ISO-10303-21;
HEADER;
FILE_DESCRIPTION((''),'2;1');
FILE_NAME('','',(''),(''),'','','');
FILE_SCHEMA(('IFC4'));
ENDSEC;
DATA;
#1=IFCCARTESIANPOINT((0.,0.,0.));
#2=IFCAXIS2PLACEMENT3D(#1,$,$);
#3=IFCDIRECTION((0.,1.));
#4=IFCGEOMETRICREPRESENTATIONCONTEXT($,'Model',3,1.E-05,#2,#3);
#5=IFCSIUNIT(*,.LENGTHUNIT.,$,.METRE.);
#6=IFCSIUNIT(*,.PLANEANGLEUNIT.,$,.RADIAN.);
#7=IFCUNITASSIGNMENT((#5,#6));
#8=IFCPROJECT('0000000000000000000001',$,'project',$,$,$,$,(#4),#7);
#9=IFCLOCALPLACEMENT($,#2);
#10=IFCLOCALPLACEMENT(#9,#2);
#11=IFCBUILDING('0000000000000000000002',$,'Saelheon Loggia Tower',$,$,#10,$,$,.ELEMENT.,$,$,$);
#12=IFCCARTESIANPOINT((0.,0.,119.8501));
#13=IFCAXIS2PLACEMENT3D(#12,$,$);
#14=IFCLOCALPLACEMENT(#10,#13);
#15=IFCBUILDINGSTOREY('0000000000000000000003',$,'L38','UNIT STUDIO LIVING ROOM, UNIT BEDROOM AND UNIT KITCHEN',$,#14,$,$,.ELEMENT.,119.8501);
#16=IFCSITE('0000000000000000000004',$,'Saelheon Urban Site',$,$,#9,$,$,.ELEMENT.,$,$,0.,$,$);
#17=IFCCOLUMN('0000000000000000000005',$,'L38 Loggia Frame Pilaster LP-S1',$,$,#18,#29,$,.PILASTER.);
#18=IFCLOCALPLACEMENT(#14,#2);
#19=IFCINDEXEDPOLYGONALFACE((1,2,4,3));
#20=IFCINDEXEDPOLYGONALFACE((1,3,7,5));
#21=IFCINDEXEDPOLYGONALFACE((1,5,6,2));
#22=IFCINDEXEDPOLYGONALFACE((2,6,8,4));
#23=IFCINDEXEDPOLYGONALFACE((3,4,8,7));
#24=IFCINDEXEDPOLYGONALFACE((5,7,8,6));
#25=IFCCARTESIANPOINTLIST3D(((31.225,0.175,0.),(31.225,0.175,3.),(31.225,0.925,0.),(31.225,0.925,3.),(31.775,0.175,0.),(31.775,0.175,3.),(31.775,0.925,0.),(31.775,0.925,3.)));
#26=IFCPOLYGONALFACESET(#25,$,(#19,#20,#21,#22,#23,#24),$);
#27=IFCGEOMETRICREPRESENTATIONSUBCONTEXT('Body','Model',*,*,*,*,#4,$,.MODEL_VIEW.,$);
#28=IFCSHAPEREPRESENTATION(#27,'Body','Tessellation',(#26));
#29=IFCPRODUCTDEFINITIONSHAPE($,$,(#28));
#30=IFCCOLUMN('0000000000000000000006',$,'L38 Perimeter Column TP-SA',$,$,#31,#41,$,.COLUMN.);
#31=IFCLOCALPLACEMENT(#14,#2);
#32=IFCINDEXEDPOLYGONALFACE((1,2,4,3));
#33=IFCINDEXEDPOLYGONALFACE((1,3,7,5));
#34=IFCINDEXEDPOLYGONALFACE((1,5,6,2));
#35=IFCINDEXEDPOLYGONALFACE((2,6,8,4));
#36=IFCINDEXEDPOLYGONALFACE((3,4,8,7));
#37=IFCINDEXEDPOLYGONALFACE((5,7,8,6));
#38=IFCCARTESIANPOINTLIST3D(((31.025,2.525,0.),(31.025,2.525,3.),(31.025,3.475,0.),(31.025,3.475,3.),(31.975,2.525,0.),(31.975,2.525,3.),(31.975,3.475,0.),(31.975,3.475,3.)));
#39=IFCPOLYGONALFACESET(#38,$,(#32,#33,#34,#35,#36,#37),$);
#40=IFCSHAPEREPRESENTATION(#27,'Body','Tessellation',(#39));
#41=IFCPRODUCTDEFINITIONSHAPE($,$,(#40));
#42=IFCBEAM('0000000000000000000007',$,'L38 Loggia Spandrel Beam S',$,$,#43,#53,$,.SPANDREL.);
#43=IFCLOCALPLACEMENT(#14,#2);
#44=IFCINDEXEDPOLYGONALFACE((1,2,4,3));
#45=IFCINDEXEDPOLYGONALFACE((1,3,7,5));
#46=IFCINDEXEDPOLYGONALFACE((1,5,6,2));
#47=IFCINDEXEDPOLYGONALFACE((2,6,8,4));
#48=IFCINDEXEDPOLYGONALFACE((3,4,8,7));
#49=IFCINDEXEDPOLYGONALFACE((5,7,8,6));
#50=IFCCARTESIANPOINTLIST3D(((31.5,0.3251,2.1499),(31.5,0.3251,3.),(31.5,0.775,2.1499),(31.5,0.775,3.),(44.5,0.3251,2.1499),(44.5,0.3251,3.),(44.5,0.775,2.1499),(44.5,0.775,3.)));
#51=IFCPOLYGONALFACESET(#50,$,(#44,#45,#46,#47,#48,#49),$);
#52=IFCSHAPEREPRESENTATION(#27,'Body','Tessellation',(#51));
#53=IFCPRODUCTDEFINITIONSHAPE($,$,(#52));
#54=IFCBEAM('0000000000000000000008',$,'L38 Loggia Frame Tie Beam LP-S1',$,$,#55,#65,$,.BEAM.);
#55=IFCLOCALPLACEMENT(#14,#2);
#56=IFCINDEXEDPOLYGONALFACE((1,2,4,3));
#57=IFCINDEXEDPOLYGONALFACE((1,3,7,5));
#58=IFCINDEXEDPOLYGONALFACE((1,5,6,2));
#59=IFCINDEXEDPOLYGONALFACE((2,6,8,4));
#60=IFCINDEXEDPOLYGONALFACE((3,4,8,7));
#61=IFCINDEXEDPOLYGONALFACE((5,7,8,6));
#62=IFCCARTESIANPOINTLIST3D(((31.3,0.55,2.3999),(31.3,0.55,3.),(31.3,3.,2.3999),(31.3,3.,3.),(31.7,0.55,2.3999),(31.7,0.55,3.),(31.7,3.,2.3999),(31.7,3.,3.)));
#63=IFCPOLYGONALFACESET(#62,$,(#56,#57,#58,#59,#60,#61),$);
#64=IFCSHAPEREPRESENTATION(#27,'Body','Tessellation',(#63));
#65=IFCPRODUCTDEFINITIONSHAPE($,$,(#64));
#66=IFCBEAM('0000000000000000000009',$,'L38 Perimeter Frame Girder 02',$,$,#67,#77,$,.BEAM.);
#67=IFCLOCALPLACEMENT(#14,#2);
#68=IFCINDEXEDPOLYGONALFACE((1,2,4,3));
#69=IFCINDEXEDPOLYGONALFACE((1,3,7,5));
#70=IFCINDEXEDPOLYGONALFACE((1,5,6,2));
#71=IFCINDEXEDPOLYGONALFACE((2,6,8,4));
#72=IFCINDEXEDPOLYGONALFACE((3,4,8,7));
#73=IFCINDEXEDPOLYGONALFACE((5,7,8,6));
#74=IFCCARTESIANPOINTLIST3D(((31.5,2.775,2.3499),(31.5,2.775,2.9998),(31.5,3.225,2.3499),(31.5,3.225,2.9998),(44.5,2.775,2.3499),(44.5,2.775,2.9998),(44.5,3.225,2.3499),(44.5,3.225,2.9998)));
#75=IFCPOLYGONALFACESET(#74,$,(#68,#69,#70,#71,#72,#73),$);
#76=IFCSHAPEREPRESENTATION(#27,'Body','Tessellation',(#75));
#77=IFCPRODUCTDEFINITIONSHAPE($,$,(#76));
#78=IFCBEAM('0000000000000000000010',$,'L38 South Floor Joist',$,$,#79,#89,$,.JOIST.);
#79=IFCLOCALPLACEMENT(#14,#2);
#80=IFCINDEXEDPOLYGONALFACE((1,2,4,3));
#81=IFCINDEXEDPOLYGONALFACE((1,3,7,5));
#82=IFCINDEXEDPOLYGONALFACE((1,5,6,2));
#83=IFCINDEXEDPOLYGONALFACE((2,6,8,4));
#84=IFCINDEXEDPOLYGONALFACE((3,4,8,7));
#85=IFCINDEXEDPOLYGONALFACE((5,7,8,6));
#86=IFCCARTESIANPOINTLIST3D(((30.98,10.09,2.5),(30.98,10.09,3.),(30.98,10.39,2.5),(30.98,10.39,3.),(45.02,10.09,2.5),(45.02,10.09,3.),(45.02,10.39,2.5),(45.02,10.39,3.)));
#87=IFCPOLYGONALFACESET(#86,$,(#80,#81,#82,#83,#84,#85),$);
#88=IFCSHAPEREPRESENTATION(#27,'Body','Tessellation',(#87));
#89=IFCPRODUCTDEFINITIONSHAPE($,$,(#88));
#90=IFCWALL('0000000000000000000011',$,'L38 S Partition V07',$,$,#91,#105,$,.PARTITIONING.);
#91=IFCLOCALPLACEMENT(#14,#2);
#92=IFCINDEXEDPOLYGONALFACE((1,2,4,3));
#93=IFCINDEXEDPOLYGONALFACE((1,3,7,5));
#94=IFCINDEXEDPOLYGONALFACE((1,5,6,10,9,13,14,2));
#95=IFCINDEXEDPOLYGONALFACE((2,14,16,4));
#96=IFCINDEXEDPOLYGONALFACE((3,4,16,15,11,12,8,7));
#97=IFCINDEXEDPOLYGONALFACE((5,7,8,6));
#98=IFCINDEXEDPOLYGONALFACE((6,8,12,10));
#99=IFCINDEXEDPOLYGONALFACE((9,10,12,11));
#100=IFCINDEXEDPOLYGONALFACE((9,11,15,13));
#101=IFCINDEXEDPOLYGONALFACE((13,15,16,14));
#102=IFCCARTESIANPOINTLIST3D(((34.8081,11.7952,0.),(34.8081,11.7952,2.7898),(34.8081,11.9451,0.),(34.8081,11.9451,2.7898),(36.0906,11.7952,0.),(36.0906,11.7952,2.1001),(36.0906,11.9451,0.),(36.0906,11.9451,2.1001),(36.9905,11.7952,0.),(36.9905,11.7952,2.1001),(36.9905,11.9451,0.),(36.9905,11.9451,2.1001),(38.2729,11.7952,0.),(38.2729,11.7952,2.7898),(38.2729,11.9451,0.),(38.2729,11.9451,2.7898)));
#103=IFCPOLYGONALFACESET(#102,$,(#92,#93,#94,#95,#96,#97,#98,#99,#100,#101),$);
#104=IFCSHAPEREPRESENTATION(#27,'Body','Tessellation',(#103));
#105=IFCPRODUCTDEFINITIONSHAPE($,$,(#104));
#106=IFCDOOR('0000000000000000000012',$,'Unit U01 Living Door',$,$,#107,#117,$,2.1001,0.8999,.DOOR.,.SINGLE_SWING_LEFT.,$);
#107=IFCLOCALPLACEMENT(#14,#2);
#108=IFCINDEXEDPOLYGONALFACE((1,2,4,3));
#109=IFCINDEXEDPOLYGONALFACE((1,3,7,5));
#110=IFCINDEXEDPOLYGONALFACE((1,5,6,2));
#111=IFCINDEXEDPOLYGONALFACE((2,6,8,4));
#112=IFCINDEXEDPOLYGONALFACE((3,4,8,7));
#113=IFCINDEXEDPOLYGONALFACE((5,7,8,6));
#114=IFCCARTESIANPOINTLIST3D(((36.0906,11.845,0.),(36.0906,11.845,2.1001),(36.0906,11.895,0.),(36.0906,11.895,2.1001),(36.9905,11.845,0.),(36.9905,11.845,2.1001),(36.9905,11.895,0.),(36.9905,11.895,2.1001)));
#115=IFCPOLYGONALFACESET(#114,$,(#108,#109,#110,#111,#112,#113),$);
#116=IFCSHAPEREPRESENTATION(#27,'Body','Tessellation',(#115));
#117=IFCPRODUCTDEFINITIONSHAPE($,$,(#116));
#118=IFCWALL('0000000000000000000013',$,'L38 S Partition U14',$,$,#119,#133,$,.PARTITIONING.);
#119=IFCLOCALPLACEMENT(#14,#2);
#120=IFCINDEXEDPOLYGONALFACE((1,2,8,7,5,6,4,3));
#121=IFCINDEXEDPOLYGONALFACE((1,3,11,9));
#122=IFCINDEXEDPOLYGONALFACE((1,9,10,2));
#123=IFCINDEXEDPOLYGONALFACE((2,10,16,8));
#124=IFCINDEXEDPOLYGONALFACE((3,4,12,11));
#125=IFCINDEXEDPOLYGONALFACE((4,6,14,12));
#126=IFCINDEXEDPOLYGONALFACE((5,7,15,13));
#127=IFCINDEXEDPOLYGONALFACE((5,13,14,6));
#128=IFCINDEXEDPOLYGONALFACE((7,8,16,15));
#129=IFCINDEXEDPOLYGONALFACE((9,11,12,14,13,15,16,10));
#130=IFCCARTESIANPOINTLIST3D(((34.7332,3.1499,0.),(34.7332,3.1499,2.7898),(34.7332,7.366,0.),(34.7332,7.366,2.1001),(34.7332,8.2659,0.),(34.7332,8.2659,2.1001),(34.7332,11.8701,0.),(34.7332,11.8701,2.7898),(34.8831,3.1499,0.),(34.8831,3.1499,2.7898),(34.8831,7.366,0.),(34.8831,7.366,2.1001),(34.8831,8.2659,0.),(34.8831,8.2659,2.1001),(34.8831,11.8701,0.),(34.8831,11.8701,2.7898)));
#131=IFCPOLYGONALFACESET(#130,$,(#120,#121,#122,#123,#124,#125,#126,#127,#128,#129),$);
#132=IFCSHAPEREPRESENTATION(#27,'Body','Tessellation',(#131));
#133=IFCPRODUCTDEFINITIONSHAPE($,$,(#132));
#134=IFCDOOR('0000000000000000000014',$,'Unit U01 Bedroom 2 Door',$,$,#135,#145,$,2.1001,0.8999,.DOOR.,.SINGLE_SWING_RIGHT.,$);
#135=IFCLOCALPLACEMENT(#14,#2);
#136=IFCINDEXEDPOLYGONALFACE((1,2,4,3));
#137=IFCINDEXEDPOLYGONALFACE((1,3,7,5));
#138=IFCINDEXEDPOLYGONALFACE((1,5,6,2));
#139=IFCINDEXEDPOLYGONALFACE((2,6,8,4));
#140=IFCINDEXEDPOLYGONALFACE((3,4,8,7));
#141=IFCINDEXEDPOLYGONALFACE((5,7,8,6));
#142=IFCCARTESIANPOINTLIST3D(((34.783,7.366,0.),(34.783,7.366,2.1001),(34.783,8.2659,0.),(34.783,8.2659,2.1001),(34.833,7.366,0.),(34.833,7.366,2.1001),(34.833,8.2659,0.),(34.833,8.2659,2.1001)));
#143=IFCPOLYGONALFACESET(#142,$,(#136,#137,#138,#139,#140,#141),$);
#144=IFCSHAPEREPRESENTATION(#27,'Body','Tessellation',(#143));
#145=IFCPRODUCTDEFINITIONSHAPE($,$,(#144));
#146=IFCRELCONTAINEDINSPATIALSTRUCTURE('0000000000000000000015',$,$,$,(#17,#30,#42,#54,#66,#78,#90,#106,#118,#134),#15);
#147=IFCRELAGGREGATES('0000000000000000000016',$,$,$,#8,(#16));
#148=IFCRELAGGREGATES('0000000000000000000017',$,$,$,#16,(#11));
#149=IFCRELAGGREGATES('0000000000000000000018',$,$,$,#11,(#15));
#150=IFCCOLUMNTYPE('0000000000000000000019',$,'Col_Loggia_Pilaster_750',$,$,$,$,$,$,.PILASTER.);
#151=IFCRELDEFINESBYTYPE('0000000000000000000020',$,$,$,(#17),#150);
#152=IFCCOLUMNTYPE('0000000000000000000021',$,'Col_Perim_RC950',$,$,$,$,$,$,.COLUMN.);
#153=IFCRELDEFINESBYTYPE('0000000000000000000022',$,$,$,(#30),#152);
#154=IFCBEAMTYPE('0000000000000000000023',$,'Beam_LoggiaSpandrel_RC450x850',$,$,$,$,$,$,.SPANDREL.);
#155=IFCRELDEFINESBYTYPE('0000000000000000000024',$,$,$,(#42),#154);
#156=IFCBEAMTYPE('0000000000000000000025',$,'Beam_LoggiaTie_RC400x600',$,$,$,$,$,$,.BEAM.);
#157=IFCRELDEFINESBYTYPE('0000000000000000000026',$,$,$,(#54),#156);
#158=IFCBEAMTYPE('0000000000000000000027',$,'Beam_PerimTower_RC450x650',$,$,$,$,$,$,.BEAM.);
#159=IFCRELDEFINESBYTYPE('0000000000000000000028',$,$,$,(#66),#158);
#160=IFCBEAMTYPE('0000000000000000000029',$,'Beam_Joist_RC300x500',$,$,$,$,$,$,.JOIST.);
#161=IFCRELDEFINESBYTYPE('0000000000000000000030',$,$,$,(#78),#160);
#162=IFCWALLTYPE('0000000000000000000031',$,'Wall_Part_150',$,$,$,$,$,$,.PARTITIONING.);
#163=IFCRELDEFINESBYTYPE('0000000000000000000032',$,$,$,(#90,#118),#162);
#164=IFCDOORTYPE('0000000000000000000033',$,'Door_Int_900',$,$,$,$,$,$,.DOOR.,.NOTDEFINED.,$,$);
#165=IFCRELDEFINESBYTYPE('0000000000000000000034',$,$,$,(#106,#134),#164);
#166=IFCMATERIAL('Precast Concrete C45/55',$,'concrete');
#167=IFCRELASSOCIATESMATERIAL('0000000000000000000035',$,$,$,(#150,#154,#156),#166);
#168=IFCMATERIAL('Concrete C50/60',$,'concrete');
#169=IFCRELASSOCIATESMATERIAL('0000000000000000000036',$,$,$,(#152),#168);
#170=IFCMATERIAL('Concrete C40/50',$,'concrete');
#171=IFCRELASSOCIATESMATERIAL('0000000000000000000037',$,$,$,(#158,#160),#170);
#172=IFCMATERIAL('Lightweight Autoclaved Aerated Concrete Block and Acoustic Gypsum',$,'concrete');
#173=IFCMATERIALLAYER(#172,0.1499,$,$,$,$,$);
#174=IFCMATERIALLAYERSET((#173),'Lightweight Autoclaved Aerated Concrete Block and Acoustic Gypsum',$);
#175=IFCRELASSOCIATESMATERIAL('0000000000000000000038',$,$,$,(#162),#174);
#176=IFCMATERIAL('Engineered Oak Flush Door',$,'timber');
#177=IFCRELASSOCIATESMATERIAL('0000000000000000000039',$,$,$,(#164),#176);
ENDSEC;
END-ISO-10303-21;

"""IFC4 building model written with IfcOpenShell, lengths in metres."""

from ifc_helpers import new_model, si_unit, direction, frame, frame_2d, origin, origin_2d, place, context, subcontext, project, spatial, rectangle, extrude, source, transform, mapped, material, layer, layer_set, material_profile, profile_set, type_object, element, fill, save


model = new_model("IFC4")

# Units and contexts
model_context = context("Model", 3, precision=1e-05, world=origin(), true_north=direction((0.0, 1.0)))
body_context = subcontext(model_context, "Body", "Model", "MODEL_VIEW")
ifc_project = project(units=[si_unit("LENGTHUNIT", "METRE"), si_unit("PLANEANGLEUNIT", "RADIAN")], contexts=[model_context])

# Site, building, storey
site_placement = place(None, origin())
site = spatial("IfcSite", under=ifc_project, at=site_placement, Name="Saelheon Urban Site", CompositionType="ELEMENT", RefElevation=0.0)
building_placement = place(site_placement, origin())
building = spatial("IfcBuilding", under=site, at=building_placement, Name="Saelheon Loggia Tower", CompositionType="ELEMENT")
storey_placement = place(building_placement, frame((0.0, 0.0, 119.8501)))
storey = spatial("IfcBuildingStorey", under=building, at=storey_placement, Name="L38", Description="UNIT STUDIO LIVING ROOM, UNIT BEDROOM AND UNIT KITCHEN", CompositionType="ELEMENT", Elevation=119.8501)

# Columns
ifc_material_1 = material(Name="Precast Concrete C45/55", Category="concrete")
ifc_material_profile_1 = material_profile(ifc_material_1, rectangle(XDim=0.55, YDim=0.75, at=origin_2d()), Name="RC-550x750")
ifc_profile_set_1 = profile_set([ifc_material_profile_1], Name="Precast Concrete C45/55")
column_type_1 = type_object("IfcColumnType", Name="Col_Loggia_Pilaster_750", PredefinedType="PILASTER", material=ifc_profile_set_1)
shared_shape_1 = source(origin(), body_context, "Body", "SweptSolid", [
    extrude(rectangle(XDim=0.55, YDim=0.75, at=origin_2d()), origin(), (0.0, 0.0, 1.0), 3.0),
])
column_1_placement = place(storey_placement, frame((31.5, 0.55, 0.0), z_axis=(0.0, 0.0, 1.0), x_axis=(1.0, 0.0, 0.0)))
element("IfcColumn", 1, at=column_1_placement, inside=storey, type_object=column_type_1, Name="L38 Loggia Frame Pilaster LP-S1", PredefinedType="PILASTER", context=body_context, shape_type="MappedRepresentation", body=[
    mapped(shared_shape_1, transform((0.0, 0.0, 0.0), scale=1.0)),
])
ifc_material_2 = material(Name="Concrete C50/60", Category="concrete")
ifc_material_profile_2 = material_profile(ifc_material_2, rectangle(XDim=0.95, YDim=0.95, at=origin_2d()), Name="RC-950x950")
ifc_profile_set_2 = profile_set([ifc_material_profile_2], Name="Concrete C50/60")
column_type_2 = type_object("IfcColumnType", Name="Col_Perim_RC950", PredefinedType="COLUMN", material=ifc_profile_set_2)
shared_shape_2 = source(origin(), body_context, "Body", "SweptSolid", [
    extrude(rectangle(XDim=0.95, YDim=0.95, at=origin_2d()), origin(), (0.0, 0.0, 1.0), 3.0),
])
column_2_placement = place(storey_placement, frame((31.5, 3.0, 0.0), z_axis=(0.0, 0.0, 1.0), x_axis=(1.0, 0.0, 0.0)))
element("IfcColumn", 2, at=column_2_placement, inside=storey, type_object=column_type_2, Name="L38 Perimeter Column TP-SA", PredefinedType="COLUMN", context=body_context, shape_type="MappedRepresentation", body=[
    mapped(shared_shape_2, transform((0.0, 0.0, 0.0), scale=1.0)),
])

# Beams
ifc_material_profile_3 = material_profile(ifc_material_1, rectangle(XDim=0.45, YDim=0.8501, at=origin_2d()), Name="RC-450x850")
ifc_profile_set_3 = profile_set([ifc_material_profile_3], Name="Precast Concrete C45/55")
beam_type_1 = type_object("IfcBeamType", Name="Beam_LoggiaSpandrel_RC450x850", PredefinedType="SPANDREL", material=ifc_profile_set_3)
shared_shape_3 = source(origin(), body_context, "Body", "SweptSolid", [
    extrude(rectangle(XDim=0.45, YDim=0.8501, at=origin_2d()), origin(), (0.0, 0.0, 1.0), 13.0),
])
beam_1_placement = place(storey_placement, frame((31.5, 0.55, 2.575), z_axis=(1.0, 0.0, 0.0), x_axis=(0.0, 1.0, 0.0)))
element("IfcBeam", 3, at=beam_1_placement, inside=storey, type_object=beam_type_1, Name="L38 Loggia Spandrel Beam S", PredefinedType="SPANDREL", context=body_context, shape_type="MappedRepresentation", body=[
    mapped(shared_shape_3, transform((0.0, 0.0, 0.0), scale=1.0)),
])
ifc_material_profile_4 = material_profile(ifc_material_1, rectangle(XDim=0.3999, YDim=0.6001, at=origin_2d()), Name="RC-400x600")
ifc_profile_set_4 = profile_set([ifc_material_profile_4], Name="Precast Concrete C45/55")
beam_type_2 = type_object("IfcBeamType", Name="Beam_LoggiaTie_RC400x600", PredefinedType="BEAM", material=ifc_profile_set_4)
shared_shape_4 = source(origin(), body_context, "Body", "SweptSolid", [
    extrude(rectangle(XDim=0.3999, YDim=0.6001, at=origin_2d()), origin(), (0.0, 0.0, 1.0), 2.45),
])
beam_2_placement = place(storey_placement, frame((31.5, 3.0, 2.7), z_axis=(0.0, -1.0, 0.0), x_axis=(1.0, 0.0, 0.0)))
element("IfcBeam", 4, at=beam_2_placement, inside=storey, type_object=beam_type_2, Name="L38 Loggia Frame Tie Beam LP-S1", PredefinedType="BEAM", context=body_context, shape_type="MappedRepresentation", body=[
    mapped(shared_shape_4, transform((0.0, 0.0, 0.0), scale=1.0)),
])
ifc_material_3 = material(Name="Concrete C40/50", Category="concrete")
ifc_material_profile_5 = material_profile(ifc_material_3, rectangle(XDim=0.45, YDim=0.6499, at=origin_2d()), Name="RC-450x650")
ifc_profile_set_5 = profile_set([ifc_material_profile_5], Name="Concrete C40/50")
beam_type_3 = type_object("IfcBeamType", Name="Beam_PerimTower_RC450x650", PredefinedType="BEAM", material=ifc_profile_set_5)
shared_shape_5 = source(origin(), body_context, "Body", "SweptSolid", [
    extrude(rectangle(XDim=0.45, YDim=0.6499, at=origin_2d()), origin(), (0.0, 0.0, 1.0), 13.0),
])
beam_3_placement = place(storey_placement, frame((31.5, 3.0, 2.6748), z_axis=(1.0, 0.0, 0.0), x_axis=(0.0, 1.0, 0.0)))
element("IfcBeam", 5, at=beam_3_placement, inside=storey, type_object=beam_type_3, Name="L38 Perimeter Frame Girder 02", PredefinedType="BEAM", context=body_context, shape_type="MappedRepresentation", body=[
    mapped(shared_shape_5, transform((0.0, 0.0, 0.0), scale=1.0)),
])
ifc_material_profile_6 = material_profile(ifc_material_3, rectangle(XDim=0.3, YDim=0.5, at=origin_2d()), Name="RC-300x500")
ifc_profile_set_6 = profile_set([ifc_material_profile_6], Name="Concrete C40/50")
beam_type_4 = type_object("IfcBeamType", Name="Beam_Joist_RC300x500", PredefinedType="JOIST", material=ifc_profile_set_6)
shared_shape_6 = source(origin(), body_context, "Body", "SweptSolid", [
    extrude(rectangle(XDim=0.3, YDim=0.5, at=origin_2d()), origin(), (0.0, 0.0, 1.0), 14.04),
])
beam_4_placement = place(storey_placement, frame((30.98, 10.24, 2.75), z_axis=(1.0, 0.0, 0.0), x_axis=(0.0, 1.0, 0.0)))
element("IfcBeam", 6, at=beam_4_placement, inside=storey, type_object=beam_type_4, Name="L38 South Floor Joist", PredefinedType="JOIST", context=body_context, shape_type="MappedRepresentation", body=[
    mapped(shared_shape_6, transform((0.0, 0.0, 0.0), scale=1.0)),
])

# Walls, openings, doors
ifc_material_4 = material(Name="Lightweight Autoclaved Aerated Concrete Block and Acoustic Gypsum", Category="concrete")
ifc_layer_1 = layer(ifc_material_4, 0.1499)
ifc_layer_set_1 = layer_set([ifc_layer_1], Name="Lightweight Autoclaved Aerated Concrete Block and Acoustic Gypsum")
wall_type_1 = type_object("IfcWallType", Name="Wall_Part_150", PredefinedType="PARTITIONING", material=ifc_layer_set_1)
wall_1_placement = place(storey_placement, frame((34.8081, 11.8701, 0.0), z_axis=(0.0, 0.0, 1.0), x_axis=(1.0, 0.0, 0.0)))
wall_1 = element("IfcWall", 7, at=wall_1_placement, inside=storey, type_object=wall_type_1, Name="L38 S Partition V07", PredefinedType="PARTITIONING", context=body_context, shape_type="SweptSolid", body=[
    extrude(rectangle(XDim=3.4648, YDim=0.1499, at=frame_2d((1.7324, 0.0))), origin(), (0.0, 0.0, 1.0), 2.7898),
])
opening_1_placement = place(wall_1_placement, frame((1.2825, 0.0, 0.0)))
opening_1 = element("IfcOpeningElement", 8, at=opening_1_placement, cuts=wall_1, PredefinedType="OPENING", context=body_context, shape_type="SweptSolid", body=[
    extrude(rectangle(XDim=0.8999, YDim=2.1001, at=frame_2d((0.45, 1.05))), frame((0.0, 0.0869, 0.0), z_axis=(0.0, -1.0, 0.0), x_axis=(1.0, 0.0, 0.0)), (0.0, 0.0, 1.0), 0.1738),
])
ifc_material_5 = material(Name="Engineered Oak Flush Door", Category="timber")
door_type_1 = type_object("IfcDoorType", Name="Door_Int_900", OperationType="NOTDEFINED", PredefinedType="DOOR", material=ifc_material_5)
shared_shape_7 = source(origin(), body_context, "Body", "SweptSolid", [
    extrude(rectangle(XDim=0.8999, YDim=2.1001, at=frame_2d((0.45, 1.05))), frame((0.0, 0.0249, 0.0), z_axis=(0.0, -1.0, 0.0), x_axis=(1.0, 0.0, 0.0)), (0.0, 0.0, 1.0), 0.05),
])
door_1_placement = place(opening_1_placement, origin())
door_1 = element("IfcDoor", 9, at=door_1_placement, inside=storey, type_object=door_type_1, Name="Unit U01 Living Door", OperationType="SINGLE_SWING_LEFT", OverallHeight=2.1001, OverallWidth=0.8999, PredefinedType="DOOR", context=body_context, shape_type="MappedRepresentation", body=[
    mapped(shared_shape_7, transform((0.0, 0.0, 0.0), scale=1.0)),
])
fill(opening_1, door_1)
wall_2_placement = place(storey_placement, frame((34.8081, 11.8701, 0.0), z_axis=(0.0, 0.0, 1.0), x_axis=(0.0, -1.0, 0.0)))
wall_2 = element("IfcWall", 10, at=wall_2_placement, inside=storey, type_object=wall_type_1, Name="L38 S Partition U14", PredefinedType="PARTITIONING", context=body_context, shape_type="SweptSolid", body=[
    extrude(rectangle(XDim=8.7202, YDim=0.1499, at=frame_2d((4.3601, 0.0))), origin(), (0.0, 0.0, 1.0), 2.7898),
])
opening_2_placement = place(wall_2_placement, frame((3.6042, 0.0, 0.0)))
opening_2 = element("IfcOpeningElement", 11, at=opening_2_placement, cuts=wall_2, PredefinedType="OPENING", context=body_context, shape_type="SweptSolid", body=[
    extrude(rectangle(XDim=0.8999, YDim=2.1001, at=frame_2d((0.45, 1.05))), frame((0.0, 0.0869, 0.0), z_axis=(0.0, -1.0, 0.0), x_axis=(1.0, 0.0, 0.0)), (0.0, 0.0, 1.0), 0.1738),
])
door_2_placement = place(opening_2_placement, origin())
door_2 = element("IfcDoor", 12, at=door_2_placement, inside=storey, type_object=door_type_1, Name="Unit U01 Bedroom 2 Door", OperationType="SINGLE_SWING_RIGHT", OverallHeight=2.1001, OverallWidth=0.8999, PredefinedType="DOOR", context=body_context, shape_type="MappedRepresentation", body=[
    mapped(shared_shape_7, transform((0.0, 0.0, 0.0), scale=1.0)),
])
fill(opening_2, door_2)

save(model, "model.ifc")
